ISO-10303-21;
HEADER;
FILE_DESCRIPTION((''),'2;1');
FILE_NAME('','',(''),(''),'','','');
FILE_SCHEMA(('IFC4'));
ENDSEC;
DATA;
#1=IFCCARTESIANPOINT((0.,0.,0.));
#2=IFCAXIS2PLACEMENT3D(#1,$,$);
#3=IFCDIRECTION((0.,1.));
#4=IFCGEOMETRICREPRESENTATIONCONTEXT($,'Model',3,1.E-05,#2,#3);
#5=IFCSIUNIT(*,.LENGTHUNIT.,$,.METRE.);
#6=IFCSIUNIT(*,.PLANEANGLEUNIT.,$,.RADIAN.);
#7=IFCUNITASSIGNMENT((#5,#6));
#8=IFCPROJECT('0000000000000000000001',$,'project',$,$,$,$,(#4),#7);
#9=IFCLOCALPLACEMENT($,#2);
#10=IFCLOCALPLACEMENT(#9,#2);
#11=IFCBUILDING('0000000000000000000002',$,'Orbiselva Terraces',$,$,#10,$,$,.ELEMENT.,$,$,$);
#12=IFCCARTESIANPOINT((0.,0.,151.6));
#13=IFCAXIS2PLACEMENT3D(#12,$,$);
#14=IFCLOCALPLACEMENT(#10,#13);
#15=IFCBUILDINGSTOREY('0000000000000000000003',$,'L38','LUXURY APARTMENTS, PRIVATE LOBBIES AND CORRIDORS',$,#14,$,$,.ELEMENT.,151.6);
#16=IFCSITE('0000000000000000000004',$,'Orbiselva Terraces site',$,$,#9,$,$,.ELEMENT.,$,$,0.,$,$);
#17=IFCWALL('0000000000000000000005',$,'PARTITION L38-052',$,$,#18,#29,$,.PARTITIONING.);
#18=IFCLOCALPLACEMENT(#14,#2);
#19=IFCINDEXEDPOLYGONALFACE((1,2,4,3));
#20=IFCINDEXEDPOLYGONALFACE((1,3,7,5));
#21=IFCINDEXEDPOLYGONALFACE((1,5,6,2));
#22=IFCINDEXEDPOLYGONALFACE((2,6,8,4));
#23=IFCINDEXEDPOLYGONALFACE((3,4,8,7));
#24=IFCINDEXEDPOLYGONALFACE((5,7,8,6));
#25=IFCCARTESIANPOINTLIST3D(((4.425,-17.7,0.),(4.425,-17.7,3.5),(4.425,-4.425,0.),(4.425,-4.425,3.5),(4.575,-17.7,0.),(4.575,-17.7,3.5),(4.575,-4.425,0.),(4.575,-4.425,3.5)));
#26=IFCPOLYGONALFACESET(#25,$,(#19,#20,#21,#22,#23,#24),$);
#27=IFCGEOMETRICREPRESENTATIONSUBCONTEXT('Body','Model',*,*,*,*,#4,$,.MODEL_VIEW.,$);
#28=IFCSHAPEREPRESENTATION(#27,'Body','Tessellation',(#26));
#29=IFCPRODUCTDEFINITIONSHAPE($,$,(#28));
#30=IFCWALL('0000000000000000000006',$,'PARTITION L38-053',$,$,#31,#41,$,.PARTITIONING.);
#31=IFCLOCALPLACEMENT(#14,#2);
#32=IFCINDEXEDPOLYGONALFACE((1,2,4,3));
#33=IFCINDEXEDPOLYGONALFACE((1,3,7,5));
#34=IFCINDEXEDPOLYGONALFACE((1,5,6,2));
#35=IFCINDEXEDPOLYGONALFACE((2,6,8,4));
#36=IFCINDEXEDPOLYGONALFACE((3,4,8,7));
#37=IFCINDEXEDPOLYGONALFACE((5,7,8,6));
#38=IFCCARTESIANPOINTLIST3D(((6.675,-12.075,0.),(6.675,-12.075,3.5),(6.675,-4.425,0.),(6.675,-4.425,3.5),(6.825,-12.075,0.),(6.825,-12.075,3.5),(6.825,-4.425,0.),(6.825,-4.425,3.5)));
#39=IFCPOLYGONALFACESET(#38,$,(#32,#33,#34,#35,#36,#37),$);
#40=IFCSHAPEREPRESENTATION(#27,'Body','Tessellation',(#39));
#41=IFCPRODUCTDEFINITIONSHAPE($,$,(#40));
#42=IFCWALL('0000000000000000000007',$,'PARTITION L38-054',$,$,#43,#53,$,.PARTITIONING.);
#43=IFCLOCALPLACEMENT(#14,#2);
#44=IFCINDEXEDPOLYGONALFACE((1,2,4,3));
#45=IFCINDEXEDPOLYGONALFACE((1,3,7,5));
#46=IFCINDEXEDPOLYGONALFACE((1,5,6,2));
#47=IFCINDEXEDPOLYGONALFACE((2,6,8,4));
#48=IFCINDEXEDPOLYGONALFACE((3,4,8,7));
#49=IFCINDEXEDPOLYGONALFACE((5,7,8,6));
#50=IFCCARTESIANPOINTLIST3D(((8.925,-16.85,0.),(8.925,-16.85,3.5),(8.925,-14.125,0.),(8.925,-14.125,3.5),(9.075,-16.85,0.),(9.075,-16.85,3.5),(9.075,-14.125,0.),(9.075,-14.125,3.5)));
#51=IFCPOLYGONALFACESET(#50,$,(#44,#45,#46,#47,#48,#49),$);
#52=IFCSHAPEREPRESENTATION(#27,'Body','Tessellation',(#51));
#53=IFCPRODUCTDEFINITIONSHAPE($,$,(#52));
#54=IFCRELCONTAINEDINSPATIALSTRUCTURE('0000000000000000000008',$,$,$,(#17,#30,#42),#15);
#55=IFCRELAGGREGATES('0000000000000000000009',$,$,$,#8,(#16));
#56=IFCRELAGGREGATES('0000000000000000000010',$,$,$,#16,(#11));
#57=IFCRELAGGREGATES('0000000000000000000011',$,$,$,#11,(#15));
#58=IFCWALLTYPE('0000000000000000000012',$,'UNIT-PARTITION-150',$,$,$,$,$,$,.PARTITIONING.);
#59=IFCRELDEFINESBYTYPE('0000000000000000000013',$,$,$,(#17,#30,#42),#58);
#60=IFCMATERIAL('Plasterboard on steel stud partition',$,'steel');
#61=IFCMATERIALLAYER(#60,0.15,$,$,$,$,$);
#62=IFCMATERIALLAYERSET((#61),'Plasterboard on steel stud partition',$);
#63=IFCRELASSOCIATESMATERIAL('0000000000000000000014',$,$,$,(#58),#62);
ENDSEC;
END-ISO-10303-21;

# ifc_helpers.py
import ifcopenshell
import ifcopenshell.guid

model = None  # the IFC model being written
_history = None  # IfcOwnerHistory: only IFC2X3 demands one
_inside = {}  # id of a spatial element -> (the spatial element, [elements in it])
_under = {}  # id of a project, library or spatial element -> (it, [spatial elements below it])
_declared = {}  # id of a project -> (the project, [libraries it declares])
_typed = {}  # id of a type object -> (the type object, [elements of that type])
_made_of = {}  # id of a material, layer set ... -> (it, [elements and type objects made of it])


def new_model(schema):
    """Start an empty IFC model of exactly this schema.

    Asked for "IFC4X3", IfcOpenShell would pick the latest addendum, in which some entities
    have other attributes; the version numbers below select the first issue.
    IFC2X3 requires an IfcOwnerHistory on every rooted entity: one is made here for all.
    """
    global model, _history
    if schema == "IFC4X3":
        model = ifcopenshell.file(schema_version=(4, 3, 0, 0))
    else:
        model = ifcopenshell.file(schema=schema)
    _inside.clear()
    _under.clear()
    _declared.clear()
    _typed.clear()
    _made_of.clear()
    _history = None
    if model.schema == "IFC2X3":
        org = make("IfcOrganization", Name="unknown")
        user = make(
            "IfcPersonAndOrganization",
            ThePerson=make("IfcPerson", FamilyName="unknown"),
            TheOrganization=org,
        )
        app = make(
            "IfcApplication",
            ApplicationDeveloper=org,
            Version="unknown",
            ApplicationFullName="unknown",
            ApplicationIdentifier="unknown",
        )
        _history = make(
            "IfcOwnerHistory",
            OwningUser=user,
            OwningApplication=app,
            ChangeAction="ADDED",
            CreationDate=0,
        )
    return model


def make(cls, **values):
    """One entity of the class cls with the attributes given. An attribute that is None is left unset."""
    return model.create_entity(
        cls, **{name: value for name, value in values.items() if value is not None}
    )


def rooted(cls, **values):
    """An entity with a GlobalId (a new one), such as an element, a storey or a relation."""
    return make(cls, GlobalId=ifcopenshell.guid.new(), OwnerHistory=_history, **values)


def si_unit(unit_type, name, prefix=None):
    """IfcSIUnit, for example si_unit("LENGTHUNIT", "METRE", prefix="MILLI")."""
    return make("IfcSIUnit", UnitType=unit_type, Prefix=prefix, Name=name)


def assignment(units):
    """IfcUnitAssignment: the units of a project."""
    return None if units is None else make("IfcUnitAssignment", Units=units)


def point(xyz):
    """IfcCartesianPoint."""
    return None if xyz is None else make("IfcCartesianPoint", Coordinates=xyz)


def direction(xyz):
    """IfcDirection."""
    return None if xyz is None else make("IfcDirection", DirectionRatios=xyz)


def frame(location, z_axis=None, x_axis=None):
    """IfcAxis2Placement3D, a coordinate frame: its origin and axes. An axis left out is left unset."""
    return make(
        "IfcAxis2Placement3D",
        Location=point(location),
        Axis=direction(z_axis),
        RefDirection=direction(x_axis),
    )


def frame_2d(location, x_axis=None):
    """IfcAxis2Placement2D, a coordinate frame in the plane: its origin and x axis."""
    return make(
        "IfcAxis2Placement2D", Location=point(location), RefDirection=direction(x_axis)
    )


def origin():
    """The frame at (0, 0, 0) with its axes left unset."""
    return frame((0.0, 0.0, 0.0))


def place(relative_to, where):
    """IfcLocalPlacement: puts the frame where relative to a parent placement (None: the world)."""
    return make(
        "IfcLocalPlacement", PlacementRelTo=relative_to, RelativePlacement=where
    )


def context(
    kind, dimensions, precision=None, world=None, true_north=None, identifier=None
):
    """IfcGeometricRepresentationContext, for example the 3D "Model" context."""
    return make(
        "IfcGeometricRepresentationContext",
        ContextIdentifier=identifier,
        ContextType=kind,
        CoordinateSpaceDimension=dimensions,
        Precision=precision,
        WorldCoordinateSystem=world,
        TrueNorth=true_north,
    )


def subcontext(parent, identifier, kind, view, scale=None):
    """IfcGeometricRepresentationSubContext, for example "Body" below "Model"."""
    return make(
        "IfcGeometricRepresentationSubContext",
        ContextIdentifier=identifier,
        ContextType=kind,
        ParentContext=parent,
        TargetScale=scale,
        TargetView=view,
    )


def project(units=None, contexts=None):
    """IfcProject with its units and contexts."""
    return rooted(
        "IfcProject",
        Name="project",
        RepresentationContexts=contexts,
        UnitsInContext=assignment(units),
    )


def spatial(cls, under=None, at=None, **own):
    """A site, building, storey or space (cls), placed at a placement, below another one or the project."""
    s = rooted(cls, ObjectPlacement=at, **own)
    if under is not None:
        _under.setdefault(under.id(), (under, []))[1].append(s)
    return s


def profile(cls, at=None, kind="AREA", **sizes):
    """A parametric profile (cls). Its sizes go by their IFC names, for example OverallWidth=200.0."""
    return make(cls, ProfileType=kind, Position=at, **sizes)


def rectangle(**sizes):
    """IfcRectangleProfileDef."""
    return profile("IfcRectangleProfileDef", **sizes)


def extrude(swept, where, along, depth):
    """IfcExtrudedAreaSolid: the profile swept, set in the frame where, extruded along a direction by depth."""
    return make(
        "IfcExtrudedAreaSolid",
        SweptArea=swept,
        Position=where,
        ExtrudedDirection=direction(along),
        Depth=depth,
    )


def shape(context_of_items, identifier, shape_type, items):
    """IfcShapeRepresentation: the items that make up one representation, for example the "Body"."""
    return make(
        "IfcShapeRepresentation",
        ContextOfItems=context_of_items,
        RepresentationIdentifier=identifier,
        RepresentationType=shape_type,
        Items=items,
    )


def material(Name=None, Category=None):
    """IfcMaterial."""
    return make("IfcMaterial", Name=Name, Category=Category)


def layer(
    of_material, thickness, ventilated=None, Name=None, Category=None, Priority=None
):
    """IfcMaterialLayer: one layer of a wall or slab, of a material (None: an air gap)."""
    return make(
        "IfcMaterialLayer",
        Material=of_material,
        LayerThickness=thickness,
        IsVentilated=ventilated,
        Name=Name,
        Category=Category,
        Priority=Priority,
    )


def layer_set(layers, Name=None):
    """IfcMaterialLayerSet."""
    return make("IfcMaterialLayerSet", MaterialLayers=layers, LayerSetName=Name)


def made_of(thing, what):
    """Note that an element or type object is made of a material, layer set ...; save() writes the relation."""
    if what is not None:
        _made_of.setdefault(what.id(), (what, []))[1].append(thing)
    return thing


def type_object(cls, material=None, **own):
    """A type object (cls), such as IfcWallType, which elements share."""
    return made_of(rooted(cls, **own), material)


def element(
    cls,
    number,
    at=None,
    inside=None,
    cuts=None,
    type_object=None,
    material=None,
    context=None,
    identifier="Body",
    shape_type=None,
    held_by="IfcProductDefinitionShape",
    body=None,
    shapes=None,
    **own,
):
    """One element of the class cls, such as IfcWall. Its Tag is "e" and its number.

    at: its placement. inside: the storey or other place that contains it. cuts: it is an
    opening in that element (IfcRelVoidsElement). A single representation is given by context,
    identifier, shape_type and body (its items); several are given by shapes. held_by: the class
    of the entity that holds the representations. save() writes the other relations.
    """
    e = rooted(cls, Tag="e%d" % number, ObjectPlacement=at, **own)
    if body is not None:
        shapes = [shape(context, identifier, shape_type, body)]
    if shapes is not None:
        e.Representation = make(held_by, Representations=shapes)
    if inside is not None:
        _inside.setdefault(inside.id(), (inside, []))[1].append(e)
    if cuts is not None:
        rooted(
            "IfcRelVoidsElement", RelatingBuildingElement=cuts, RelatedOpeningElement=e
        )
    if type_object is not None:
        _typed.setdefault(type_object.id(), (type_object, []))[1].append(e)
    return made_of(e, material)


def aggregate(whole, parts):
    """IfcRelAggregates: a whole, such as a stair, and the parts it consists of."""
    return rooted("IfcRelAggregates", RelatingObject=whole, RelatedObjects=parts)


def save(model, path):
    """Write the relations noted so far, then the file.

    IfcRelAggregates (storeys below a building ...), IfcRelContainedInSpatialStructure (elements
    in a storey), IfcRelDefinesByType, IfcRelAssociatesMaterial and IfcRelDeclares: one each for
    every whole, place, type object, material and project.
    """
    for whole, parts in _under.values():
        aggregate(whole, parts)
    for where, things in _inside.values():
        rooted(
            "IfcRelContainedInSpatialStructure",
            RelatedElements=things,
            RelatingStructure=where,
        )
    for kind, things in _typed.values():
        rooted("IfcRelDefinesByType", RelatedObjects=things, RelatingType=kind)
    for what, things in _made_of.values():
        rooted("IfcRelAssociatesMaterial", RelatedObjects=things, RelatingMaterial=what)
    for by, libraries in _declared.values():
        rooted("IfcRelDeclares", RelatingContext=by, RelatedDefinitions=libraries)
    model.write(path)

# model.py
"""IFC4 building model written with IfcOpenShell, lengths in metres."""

from ifc_helpers import new_model, si_unit, direction, frame, frame_2d, origin, place, context, subcontext, project, spatial, rectangle, extrude, material, layer, layer_set, type_object, element, save


model = new_model("IFC4")

# Units and contexts
model_context = context("Model", 3, precision=1e-05, world=origin(), true_north=direction((0.0, 1.0)))
body_context = subcontext(model_context, "Body", "Model", "MODEL_VIEW")
ifc_project = project(units=[si_unit("LENGTHUNIT", "METRE"), si_unit("PLANEANGLEUNIT", "RADIAN")], contexts=[model_context])

# Site, building, storey
site_placement = place(None, origin())
site = spatial("IfcSite", under=ifc_project, at=site_placement, Name="Orbiselva Terraces site", CompositionType="ELEMENT", RefElevation=0.0)
building_placement = place(site_placement, origin())
building = spatial("IfcBuilding", under=site, at=building_placement, Name="Orbiselva Terraces", CompositionType="ELEMENT")
storey_placement = place(building_placement, frame((0.0, 0.0, 151.6)))
storey = spatial("IfcBuildingStorey", under=building, at=storey_placement, Name="L38", Description="LUXURY APARTMENTS, PRIVATE LOBBIES AND CORRIDORS", CompositionType="ELEMENT", Elevation=151.6)

# Shared definitions
ifc_material_1 = material(Name="Plasterboard on steel stud partition", Category="steel")
ifc_layer_1 = layer(ifc_material_1, 0.15)
ifc_layer_set_1 = layer_set([ifc_layer_1], Name="Plasterboard on steel stud partition")
wall_type_1 = type_object("IfcWallType", Name="UNIT-PARTITION-150", PredefinedType="PARTITIONING", material=ifc_layer_set_1)

# Walls
wall_1_placement = place(storey_placement, frame((4.5, -17.7, 0.0), z_axis=(0.0, 0.0, 1.0), x_axis=(0.0, 1.0, 0.0)))
element("IfcWall", 1, at=wall_1_placement, inside=storey, type_object=wall_type_1, Name="PARTITION L38-052", PredefinedType="PARTITIONING", context=body_context, shape_type="SweptSolid", body=[
    extrude(rectangle(XDim=13.275, YDim=0.15, at=frame_2d((6.6375, 0.0))), origin(), (0.0, 0.0, 1.0), 3.5),
])
wall_2_placement = place(storey_placement, frame((6.75, -12.075, 0.0), z_axis=(0.0, 0.0, 1.0), x_axis=(0.0, 1.0, 0.0)))
element("IfcWall", 2, at=wall_2_placement, inside=storey, type_object=wall_type_1, Name="PARTITION L38-053", PredefinedType="PARTITIONING", context=body_context, shape_type="SweptSolid", body=[
    extrude(rectangle(XDim=7.65, YDim=0.15, at=frame_2d((3.825, 0.0))), origin(), (0.0, 0.0, 1.0), 3.5),
])
wall_3_placement = place(storey_placement, frame((9.0, -16.85, 0.0), z_axis=(0.0, 0.0, 1.0), x_axis=(0.0, 1.0, 0.0)))
element("IfcWall", 3, at=wall_3_placement, inside=storey, type_object=wall_type_1, Name="PARTITION L38-054", PredefinedType="PARTITIONING", context=body_context, shape_type="SweptSolid", body=[
    extrude(rectangle(XDim=2.725, YDim=0.15, at=frame_2d((1.3625, 0.0))), origin(), (0.0, 0.0, 1.0), 3.5),
])

save(model, "model.ifc")
